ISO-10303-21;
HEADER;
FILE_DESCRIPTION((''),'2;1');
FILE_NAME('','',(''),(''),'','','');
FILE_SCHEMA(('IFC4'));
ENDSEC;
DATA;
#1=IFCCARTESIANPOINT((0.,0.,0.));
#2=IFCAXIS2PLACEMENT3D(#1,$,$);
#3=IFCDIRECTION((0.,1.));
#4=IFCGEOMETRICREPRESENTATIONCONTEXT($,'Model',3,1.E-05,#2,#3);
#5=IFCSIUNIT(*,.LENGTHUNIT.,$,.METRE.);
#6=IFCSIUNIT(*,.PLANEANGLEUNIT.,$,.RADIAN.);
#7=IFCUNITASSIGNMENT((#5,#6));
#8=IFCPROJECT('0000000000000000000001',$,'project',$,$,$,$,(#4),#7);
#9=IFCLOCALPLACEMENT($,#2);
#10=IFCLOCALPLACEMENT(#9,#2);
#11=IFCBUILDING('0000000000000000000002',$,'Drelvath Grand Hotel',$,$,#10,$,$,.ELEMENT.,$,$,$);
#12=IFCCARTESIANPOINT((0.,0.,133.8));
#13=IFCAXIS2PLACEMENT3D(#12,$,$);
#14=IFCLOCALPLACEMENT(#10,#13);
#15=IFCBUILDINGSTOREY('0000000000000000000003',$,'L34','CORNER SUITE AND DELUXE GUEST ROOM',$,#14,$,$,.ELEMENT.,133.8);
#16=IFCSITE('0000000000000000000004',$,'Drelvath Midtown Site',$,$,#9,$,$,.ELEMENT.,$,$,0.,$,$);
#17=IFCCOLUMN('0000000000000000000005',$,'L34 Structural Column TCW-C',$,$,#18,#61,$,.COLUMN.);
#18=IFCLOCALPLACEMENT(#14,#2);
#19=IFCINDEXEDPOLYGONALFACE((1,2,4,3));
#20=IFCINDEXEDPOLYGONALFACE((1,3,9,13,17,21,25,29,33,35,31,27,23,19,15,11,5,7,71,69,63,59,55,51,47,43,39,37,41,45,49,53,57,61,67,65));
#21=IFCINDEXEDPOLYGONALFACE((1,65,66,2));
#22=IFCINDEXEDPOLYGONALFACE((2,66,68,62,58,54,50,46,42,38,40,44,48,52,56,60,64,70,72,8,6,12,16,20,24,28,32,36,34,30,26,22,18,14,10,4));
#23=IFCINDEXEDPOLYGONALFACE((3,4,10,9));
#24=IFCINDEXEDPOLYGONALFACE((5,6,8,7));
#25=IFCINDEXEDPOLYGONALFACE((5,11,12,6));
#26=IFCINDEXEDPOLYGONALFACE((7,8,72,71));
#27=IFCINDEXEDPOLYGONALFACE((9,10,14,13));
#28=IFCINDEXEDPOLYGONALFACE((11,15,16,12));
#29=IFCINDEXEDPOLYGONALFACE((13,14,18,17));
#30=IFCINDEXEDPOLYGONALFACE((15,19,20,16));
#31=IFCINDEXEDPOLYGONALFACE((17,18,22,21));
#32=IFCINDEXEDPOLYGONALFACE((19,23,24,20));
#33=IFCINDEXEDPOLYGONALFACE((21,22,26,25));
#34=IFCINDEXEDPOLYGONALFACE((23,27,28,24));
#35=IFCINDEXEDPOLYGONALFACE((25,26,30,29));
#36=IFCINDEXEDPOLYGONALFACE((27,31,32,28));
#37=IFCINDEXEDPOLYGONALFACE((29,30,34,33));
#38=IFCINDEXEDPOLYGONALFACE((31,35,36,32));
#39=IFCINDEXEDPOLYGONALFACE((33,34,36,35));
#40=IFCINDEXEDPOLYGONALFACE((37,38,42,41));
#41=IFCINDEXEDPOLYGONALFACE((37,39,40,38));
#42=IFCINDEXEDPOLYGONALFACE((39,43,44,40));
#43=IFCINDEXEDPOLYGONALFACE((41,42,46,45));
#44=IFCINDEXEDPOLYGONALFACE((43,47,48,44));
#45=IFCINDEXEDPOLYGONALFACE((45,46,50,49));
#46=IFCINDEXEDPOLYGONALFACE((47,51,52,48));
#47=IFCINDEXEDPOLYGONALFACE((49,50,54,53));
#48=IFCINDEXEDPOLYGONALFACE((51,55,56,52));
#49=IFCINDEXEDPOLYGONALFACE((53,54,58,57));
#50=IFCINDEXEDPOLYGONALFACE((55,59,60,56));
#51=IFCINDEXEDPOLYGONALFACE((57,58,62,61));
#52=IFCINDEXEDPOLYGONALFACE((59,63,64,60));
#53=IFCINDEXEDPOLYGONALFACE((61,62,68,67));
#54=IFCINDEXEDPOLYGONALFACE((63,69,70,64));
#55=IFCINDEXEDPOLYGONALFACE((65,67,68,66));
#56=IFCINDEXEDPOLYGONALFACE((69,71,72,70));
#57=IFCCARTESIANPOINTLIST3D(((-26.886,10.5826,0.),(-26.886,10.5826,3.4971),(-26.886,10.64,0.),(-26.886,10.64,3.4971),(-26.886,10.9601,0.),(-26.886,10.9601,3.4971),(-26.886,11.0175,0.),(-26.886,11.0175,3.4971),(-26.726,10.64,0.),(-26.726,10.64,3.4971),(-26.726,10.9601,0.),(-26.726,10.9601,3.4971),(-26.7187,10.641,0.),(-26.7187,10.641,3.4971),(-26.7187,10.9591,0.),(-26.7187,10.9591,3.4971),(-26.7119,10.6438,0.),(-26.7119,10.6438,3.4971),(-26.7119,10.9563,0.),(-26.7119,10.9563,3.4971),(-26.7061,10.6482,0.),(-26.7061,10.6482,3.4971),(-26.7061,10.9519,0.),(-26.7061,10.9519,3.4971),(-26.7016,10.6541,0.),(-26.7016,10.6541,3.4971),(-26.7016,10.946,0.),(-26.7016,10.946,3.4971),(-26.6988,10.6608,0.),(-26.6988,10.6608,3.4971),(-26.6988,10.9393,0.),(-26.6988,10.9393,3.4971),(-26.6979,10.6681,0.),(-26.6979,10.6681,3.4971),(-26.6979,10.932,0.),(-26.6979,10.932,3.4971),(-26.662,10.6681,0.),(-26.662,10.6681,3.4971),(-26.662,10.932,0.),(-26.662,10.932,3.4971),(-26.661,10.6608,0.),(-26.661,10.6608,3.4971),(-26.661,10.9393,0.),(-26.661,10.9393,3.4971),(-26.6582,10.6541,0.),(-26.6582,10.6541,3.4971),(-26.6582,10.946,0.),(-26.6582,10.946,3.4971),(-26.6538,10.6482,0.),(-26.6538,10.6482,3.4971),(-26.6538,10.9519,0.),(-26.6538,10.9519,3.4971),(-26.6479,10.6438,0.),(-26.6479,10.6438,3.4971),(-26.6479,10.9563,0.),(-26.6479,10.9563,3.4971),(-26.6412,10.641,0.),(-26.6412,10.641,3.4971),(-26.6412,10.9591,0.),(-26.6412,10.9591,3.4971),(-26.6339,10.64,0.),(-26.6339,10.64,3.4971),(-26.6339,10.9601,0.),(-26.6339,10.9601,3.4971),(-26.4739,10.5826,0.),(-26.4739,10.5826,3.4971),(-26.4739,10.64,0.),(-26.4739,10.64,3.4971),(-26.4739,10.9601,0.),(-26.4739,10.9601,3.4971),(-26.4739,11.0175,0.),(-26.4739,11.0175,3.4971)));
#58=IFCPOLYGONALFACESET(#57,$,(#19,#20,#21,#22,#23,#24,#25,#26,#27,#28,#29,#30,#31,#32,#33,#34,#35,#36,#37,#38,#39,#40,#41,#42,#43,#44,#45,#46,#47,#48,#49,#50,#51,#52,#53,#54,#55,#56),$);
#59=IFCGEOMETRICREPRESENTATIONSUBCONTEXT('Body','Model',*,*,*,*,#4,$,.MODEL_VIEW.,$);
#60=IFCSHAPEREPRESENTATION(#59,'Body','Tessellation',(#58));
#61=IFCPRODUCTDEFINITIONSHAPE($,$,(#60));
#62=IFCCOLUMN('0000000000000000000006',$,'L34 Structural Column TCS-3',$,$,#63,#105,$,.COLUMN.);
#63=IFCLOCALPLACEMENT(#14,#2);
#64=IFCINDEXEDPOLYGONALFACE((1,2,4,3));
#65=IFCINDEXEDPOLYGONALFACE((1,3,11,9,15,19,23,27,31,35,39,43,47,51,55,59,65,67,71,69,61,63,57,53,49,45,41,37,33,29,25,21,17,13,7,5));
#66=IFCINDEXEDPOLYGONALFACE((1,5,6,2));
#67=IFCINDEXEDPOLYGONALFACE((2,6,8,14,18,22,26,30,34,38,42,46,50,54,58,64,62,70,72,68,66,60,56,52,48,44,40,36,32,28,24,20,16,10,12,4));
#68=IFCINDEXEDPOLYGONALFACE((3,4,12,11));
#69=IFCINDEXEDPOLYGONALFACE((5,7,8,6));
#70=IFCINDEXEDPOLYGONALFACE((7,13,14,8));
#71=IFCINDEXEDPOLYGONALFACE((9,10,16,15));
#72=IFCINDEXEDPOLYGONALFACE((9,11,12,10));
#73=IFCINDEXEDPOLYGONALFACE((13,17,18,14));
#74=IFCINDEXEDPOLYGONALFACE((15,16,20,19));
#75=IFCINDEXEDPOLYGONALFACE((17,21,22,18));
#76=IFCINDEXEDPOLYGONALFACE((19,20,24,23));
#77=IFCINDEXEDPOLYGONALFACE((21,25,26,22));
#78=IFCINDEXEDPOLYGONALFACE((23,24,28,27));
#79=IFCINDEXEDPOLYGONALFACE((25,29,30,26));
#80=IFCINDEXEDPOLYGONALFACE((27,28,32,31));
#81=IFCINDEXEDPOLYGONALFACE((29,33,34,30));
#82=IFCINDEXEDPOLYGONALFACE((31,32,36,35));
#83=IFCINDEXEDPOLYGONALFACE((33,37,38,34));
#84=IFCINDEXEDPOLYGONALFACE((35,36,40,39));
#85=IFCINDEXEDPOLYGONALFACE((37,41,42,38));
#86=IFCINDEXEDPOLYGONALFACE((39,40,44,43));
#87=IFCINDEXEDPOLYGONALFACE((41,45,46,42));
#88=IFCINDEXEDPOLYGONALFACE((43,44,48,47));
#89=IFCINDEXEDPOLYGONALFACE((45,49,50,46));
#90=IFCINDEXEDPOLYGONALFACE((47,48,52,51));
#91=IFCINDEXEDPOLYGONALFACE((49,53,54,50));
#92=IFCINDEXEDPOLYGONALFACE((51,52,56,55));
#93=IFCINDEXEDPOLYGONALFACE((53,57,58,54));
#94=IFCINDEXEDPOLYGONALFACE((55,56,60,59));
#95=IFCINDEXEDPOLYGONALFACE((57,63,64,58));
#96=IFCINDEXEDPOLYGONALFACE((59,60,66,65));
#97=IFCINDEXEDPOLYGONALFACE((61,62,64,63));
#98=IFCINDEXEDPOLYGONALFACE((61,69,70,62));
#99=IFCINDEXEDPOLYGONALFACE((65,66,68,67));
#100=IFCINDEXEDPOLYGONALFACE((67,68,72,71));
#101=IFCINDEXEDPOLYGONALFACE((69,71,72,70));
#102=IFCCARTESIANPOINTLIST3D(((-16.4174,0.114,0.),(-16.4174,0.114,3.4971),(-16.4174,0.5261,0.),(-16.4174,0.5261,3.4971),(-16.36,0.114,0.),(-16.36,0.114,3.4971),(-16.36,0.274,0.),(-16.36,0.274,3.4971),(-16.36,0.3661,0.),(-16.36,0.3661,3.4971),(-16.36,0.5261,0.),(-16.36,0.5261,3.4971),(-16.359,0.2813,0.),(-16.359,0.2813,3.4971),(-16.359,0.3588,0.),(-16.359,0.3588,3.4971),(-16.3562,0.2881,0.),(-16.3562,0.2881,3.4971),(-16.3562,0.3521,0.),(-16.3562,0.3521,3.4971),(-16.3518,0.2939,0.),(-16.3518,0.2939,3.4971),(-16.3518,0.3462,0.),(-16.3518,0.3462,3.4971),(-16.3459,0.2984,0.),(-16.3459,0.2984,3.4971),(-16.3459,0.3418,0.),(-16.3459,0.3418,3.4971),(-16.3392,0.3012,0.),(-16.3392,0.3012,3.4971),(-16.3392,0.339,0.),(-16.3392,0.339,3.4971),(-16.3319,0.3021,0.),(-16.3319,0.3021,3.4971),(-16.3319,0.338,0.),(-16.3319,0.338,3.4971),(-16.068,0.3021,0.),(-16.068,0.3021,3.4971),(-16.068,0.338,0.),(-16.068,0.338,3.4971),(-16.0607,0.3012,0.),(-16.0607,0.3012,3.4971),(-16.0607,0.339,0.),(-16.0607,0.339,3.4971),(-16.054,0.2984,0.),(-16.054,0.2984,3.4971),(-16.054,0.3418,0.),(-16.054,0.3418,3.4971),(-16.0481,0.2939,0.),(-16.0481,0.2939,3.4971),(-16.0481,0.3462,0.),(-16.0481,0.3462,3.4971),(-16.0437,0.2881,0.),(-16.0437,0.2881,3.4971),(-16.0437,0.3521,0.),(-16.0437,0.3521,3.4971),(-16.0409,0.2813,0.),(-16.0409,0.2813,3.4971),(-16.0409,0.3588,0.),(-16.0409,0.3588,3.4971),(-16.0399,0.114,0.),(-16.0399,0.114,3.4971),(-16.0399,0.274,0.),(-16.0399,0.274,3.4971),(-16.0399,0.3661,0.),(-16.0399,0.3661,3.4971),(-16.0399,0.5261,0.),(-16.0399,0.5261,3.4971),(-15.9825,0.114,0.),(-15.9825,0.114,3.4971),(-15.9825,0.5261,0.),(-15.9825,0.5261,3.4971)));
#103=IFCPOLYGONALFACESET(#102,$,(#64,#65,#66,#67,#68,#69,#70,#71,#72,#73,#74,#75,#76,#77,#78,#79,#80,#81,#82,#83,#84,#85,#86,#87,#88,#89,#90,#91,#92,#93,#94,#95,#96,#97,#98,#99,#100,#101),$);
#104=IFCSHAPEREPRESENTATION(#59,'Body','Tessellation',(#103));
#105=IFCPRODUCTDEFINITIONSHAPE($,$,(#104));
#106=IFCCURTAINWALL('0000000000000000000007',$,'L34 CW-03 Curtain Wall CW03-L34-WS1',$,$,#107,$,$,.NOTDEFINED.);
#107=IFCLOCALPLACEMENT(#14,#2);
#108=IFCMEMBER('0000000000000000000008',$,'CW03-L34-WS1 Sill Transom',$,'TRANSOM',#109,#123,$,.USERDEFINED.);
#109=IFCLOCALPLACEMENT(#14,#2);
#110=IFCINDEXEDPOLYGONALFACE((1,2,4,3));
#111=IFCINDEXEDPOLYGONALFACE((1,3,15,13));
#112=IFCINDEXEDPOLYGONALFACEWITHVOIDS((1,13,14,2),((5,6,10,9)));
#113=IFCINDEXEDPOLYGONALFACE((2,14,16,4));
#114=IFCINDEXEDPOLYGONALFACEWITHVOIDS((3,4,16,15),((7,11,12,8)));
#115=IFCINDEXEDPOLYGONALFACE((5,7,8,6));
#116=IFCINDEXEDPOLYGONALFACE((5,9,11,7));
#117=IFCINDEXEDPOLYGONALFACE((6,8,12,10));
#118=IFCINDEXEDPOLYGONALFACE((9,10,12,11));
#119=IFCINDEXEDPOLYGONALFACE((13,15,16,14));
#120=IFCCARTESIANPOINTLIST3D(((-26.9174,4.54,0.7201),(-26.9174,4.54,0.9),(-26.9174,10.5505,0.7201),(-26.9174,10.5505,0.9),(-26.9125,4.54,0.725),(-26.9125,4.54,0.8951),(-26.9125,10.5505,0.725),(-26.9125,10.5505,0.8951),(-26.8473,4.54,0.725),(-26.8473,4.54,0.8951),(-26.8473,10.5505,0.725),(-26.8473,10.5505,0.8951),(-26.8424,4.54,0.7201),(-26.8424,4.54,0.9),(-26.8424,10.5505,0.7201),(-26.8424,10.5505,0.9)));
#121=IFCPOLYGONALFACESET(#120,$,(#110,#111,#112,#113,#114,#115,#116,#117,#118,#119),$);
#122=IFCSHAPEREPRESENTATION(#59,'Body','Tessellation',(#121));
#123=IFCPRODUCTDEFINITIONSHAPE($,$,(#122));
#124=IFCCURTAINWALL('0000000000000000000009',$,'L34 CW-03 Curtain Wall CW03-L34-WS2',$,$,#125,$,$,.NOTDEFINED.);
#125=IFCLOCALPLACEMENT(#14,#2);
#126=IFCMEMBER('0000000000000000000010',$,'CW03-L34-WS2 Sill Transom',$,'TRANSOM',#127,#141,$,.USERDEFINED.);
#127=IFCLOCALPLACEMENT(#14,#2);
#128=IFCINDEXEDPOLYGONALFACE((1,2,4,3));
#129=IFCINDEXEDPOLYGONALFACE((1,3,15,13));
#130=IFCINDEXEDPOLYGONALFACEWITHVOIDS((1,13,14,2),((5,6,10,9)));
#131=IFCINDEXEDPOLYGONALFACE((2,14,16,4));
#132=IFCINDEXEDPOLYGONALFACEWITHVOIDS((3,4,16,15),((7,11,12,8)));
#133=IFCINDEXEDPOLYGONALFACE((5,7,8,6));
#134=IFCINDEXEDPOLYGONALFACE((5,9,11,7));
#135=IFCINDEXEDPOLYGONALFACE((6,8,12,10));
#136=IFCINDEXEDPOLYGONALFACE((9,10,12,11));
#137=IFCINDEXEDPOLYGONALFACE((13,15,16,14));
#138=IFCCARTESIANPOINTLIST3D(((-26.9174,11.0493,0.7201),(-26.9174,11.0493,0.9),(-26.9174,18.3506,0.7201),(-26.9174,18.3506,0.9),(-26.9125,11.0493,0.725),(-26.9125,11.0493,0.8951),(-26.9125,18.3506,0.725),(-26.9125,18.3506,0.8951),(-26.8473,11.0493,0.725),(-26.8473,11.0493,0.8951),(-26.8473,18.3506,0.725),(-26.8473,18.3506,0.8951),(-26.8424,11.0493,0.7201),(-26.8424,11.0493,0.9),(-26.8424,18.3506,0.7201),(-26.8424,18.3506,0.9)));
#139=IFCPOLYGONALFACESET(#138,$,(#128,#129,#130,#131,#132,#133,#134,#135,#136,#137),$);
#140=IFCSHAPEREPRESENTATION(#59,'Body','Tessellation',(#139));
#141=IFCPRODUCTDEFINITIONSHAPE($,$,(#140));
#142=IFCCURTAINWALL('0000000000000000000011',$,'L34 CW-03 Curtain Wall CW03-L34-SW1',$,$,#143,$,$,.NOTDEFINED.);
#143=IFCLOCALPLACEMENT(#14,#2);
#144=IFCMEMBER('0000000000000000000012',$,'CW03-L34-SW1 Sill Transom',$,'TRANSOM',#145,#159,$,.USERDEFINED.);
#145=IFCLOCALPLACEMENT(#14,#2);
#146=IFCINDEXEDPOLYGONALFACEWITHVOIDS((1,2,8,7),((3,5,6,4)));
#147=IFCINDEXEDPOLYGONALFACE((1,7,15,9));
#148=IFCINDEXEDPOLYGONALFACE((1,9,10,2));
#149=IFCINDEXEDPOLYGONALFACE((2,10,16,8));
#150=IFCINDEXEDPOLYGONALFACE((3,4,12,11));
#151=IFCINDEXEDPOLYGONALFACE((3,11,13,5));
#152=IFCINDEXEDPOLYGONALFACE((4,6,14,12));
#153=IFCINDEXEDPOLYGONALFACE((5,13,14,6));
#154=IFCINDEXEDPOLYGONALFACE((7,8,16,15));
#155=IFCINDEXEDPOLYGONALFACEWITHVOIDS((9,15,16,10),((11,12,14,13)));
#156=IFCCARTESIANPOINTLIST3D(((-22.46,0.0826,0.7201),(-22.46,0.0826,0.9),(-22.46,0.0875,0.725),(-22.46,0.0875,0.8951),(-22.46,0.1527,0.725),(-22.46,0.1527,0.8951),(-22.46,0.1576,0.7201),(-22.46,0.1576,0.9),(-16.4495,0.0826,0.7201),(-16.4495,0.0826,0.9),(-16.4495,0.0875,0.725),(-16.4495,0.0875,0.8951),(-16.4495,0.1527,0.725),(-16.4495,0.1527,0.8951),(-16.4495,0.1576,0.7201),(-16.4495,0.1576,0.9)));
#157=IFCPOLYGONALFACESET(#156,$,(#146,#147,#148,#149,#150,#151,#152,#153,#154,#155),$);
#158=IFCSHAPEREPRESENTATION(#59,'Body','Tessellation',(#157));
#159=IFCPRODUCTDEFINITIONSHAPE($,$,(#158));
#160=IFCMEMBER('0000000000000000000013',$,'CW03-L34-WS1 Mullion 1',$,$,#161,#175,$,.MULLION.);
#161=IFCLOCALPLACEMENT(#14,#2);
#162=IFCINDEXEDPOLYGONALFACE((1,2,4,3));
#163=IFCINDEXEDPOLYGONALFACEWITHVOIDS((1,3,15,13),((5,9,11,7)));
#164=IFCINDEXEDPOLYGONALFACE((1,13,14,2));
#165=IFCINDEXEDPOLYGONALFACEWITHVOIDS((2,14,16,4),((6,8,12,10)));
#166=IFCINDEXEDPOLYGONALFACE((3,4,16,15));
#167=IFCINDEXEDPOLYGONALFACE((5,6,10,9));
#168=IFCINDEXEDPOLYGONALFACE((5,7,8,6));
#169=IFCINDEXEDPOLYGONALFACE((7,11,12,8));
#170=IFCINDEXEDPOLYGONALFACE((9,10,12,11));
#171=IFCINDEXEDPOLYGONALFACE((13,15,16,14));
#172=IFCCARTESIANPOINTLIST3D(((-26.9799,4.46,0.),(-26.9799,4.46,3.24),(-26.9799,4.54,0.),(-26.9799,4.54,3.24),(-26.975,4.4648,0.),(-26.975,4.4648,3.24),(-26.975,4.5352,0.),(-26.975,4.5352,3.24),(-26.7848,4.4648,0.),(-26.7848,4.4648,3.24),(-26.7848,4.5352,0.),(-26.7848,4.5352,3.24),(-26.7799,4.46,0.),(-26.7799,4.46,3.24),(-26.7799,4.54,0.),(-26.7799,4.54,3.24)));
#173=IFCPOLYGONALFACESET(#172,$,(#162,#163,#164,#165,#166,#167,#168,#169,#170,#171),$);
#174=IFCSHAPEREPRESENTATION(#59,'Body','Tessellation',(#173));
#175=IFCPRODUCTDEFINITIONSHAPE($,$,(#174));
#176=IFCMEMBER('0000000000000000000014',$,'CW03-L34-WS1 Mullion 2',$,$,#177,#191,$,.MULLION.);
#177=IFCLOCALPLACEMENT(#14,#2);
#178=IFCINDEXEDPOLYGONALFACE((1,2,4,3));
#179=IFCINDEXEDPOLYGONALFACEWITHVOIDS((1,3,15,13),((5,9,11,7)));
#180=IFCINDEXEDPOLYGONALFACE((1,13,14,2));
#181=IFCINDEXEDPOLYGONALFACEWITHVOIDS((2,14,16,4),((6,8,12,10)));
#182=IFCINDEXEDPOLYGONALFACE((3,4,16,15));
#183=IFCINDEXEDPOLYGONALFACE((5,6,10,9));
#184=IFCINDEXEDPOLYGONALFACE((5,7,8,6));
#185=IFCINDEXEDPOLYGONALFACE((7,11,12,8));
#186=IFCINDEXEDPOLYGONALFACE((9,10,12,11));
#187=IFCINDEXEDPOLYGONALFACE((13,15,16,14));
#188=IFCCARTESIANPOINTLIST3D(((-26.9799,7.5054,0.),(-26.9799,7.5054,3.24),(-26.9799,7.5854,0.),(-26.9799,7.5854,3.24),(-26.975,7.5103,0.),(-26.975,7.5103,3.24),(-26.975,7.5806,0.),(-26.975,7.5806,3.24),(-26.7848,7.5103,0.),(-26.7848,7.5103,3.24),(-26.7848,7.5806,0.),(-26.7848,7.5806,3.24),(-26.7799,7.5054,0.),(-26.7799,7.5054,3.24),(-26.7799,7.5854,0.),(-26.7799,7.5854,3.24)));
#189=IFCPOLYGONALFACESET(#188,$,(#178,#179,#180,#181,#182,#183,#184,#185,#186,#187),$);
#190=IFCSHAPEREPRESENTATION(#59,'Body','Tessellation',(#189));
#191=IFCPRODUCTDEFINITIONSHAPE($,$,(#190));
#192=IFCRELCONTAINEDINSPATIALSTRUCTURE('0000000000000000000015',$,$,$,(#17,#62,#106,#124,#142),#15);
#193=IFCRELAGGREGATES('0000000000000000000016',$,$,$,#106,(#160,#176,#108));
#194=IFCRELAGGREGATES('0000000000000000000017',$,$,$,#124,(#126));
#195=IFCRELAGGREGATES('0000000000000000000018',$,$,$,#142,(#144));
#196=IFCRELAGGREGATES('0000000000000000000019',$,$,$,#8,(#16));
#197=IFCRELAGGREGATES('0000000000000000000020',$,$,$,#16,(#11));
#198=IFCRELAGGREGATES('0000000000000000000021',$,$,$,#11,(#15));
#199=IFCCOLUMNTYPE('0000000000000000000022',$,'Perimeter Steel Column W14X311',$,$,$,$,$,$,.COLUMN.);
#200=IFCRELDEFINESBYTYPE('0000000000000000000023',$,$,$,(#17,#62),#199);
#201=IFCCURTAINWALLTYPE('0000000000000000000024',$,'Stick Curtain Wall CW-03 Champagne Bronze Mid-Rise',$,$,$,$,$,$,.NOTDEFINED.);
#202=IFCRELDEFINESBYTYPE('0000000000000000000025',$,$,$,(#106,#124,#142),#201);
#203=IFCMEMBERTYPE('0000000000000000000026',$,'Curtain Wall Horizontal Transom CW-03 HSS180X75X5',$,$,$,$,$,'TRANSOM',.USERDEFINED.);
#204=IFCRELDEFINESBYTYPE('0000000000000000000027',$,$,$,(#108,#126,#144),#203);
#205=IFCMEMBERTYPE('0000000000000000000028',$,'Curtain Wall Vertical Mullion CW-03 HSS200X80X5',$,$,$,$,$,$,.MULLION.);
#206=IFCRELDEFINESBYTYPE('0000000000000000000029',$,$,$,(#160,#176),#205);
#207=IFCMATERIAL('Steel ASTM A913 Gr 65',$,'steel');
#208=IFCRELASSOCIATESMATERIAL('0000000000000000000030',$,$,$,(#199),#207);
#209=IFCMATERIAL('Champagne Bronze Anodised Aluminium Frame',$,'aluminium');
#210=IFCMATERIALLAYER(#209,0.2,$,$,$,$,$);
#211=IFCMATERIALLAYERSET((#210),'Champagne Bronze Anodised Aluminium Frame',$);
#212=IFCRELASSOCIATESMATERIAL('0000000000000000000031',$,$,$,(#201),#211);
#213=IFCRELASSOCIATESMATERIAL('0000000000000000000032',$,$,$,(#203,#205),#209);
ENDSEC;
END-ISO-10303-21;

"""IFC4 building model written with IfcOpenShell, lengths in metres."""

from ifc_helpers import new_model, si_unit, direction, frame, origin, origin_2d, place, context, subcontext, project, spatial, hollow_rectangle, i_section, extrude, material, layer, layer_set, material_profile, profile_set, type_object, element, aggregate, save


model = new_model("IFC4")

# Units and contexts
model_context = context("Model", 3, precision=1e-05, world=origin(), true_north=direction((0.0, 1.0)))
body_context = subcontext(model_context, "Body", "Model", "MODEL_VIEW")
ifc_project = project(units=[si_unit("LENGTHUNIT", "METRE"), si_unit("PLANEANGLEUNIT", "RADIAN")], contexts=[model_context])

# Site, building, storey
site_placement = place(None, origin())
site = spatial("IfcSite", under=ifc_project, at=site_placement, Name="Drelvath Midtown Site", CompositionType="ELEMENT", RefElevation=0.0)
building_placement = place(site_placement, origin())
building = spatial("IfcBuilding", under=site, at=building_placement, Name="Drelvath Grand Hotel", CompositionType="ELEMENT")
storey_placement = place(building_placement, frame((0.0, 0.0, 133.8)))
storey = spatial("IfcBuildingStorey", under=building, at=storey_placement, Name="L34", Description="CORNER SUITE AND DELUXE GUEST ROOM", CompositionType="ELEMENT", Elevation=133.8)

# Columns
ifc_material_1 = material(Name="Steel ASTM A913 Gr 65", Category="steel")
ifc_material_profile_1 = material_profile(ifc_material_1, i_section(OverallWidth=0.4121, OverallDepth=0.4348, WebThickness=0.0359, FlangeThickness=0.0574, FilletRadius=0.0281, at=origin_2d()), Name="W14X311")
ifc_profile_set_1 = profile_set([ifc_material_profile_1], Name="Steel ASTM A913 Gr 65")
column_type = type_object("IfcColumnType", Name="Perimeter Steel Column W14X311", PredefinedType="COLUMN", material=ifc_profile_set_1)
for number, where, z_axis, x_axis, name in (
    (1, (-26.6799, 10.8, 0.0), (0.0, 0.0, 1.0), (1.0, 0.0, 0.0), "L34 Structural Column TCW-C"),
    (2, (-16.2, 0.3201, 0.0), (0.0, 0.0, 1.0), (0.0, 1.0, 0.0), "L34 Structural Column TCS-3"),
):
    element("IfcColumn", number, at=place(storey_placement, frame(where, z_axis=z_axis, x_axis=x_axis)), inside=storey, type_object=column_type, Name=name, PredefinedType="COLUMN", context=body_context, shape_type="SweptSolid", body=[
        extrude(i_section(OverallWidth=0.4121, OverallDepth=0.4348, WebThickness=0.0359, FlangeThickness=0.0574, FilletRadius=0.0281, at=origin_2d()), origin(), (0.0, 0.0, 1.0), 3.4971),
    ])

# Curtain walls, members
ifc_material_2 = material(Name="Champagne Bronze Anodised Aluminium Frame", Category="aluminium")
ifc_layer_1 = layer(ifc_material_2, 0.2)
ifc_layer_set_1 = layer_set([ifc_layer_1], Name="Champagne Bronze Anodised Aluminium Frame")
curtain_wall_type = type_object("IfcCurtainWallType", Name="Stick Curtain Wall CW-03 Champagne Bronze Mid-Rise", PredefinedType="NOTDEFINED", material=ifc_layer_set_1)
curtain_wall_1_placement = place(storey_placement, origin())
curtain_wall_1 = element("IfcCurtainWall", 3, at=curtain_wall_1_placement, inside=storey, type_object=curtain_wall_type, Name="L34 CW-03 Curtain Wall CW03-L34-WS1", PredefinedType="NOTDEFINED")
ifc_material_profile_2 = material_profile(ifc_material_2, hollow_rectangle(XDim=0.075, YDim=0.1799, WallThickness=0.0049, at=origin_2d()), Name="HSS180X75X5")
ifc_profile_set_2 = profile_set([ifc_material_profile_2], Name="Champagne Bronze Anodised Aluminium Frame")
member_type_1 = type_object("IfcMemberType", Name="Curtain Wall Horizontal Transom CW-03 HSS180X75X5", ElementType="TRANSOM", PredefinedType="USERDEFINED", material=ifc_profile_set_2)
member_1_placement = place(storey_placement, frame((-26.8799, 4.54, 0.8101), z_axis=(0.0, 1.0, 0.0), x_axis=(-1.0, 0.0, 0.0)))
member_1 = element("IfcMember", 4, at=member_1_placement, type_object=member_type_1, Name="CW03-L34-WS1 Sill Transom", ObjectType="TRANSOM", PredefinedType="USERDEFINED", context=body_context, shape_type="SweptSolid", body=[
    extrude(hollow_rectangle(XDim=0.075, YDim=0.1799, WallThickness=0.0049, at=origin_2d()), origin(), (0.0, 0.0, 1.0), 6.0105),
])
curtain_wall_2_placement = place(storey_placement, origin())
curtain_wall_2 = element("IfcCurtainWall", 5, at=curtain_wall_2_placement, inside=storey, type_object=curtain_wall_type, Name="L34 CW-03 Curtain Wall CW03-L34-WS2", PredefinedType="NOTDEFINED")
member_2_placement = place(storey_placement, frame((-26.8799, 11.0493, 0.8101), z_axis=(0.0, 1.0, 0.0), x_axis=(-1.0, 0.0, 0.0)))
member_2 = element("IfcMember", 6, at=member_2_placement, type_object=member_type_1, Name="CW03-L34-WS2 Sill Transom", ObjectType="TRANSOM", PredefinedType="USERDEFINED", context=body_context, shape_type="SweptSolid", body=[
    extrude(hollow_rectangle(XDim=0.075, YDim=0.1799, WallThickness=0.0049, at=origin_2d()), origin(), (0.0, 0.0, 1.0), 7.3013),
])
curtain_wall_3_placement = place(storey_placement, origin())
curtain_wall_3 = element("IfcCurtainWall", 7, at=curtain_wall_3_placement, inside=storey, type_object=curtain_wall_type, Name="L34 CW-03 Curtain Wall CW03-L34-SW1", PredefinedType="NOTDEFINED")
member_3_placement = place(storey_placement, frame((-16.4495, 0.1201, 0.8101), z_axis=(-1.0, 0.0, 0.0), x_axis=(0.0, -1.0, 0.0)))
member_3 = element("IfcMember", 8, at=member_3_placement, type_object=member_type_1, Name="CW03-L34-SW1 Sill Transom", ObjectType="TRANSOM", PredefinedType="USERDEFINED", context=body_context, shape_type="SweptSolid", body=[
    extrude(hollow_rectangle(XDim=0.075, YDim=0.1799, WallThickness=0.0049, at=origin_2d()), origin(), (0.0, 0.0, 1.0), 6.0105),
])

# Members
ifc_material_profile_3 = material_profile(ifc_material_2, hollow_rectangle(XDim=0.0801, YDim=0.2, WallThickness=0.0049, at=origin_2d()), Name="HSS200X80X5")
ifc_profile_set_3 = profile_set([ifc_material_profile_3], Name="Champagne Bronze Anodised Aluminium Frame")
member_type_2 = type_object("IfcMemberType", Name="Curtain Wall Vertical Mullion CW-03 HSS200X80X5", PredefinedType="MULLION", material=ifc_profile_set_3)
member_4_placement = place(storey_placement, frame((-26.8799, 4.5, 0.0), z_axis=(0.0, 0.0, 1.0), x_axis=(0.0, 1.0, 0.0)))
member_4 = element("IfcMember", 9, at=member_4_placement, type_object=member_type_2, Name="CW03-L34-WS1 Mullion 1", PredefinedType="MULLION", context=body_context, shape_type="SweptSolid", body=[
    extrude(hollow_rectangle(XDim=0.0801, YDim=0.2, WallThickness=0.0049, at=origin_2d()), origin(), (0.0, 0.0, 1.0), 3.24),
])
member_5_placement = place(storey_placement, frame((-26.8799, 7.5454, 0.0), z_axis=(0.0, 0.0, 1.0), x_axis=(0.0, 1.0, 0.0)))
member_5 = element("IfcMember", 10, at=member_5_placement, type_object=member_type_2, Name="CW03-L34-WS1 Mullion 2", PredefinedType="MULLION", context=body_context, shape_type="SweptSolid", body=[
    extrude(hollow_rectangle(XDim=0.0801, YDim=0.2, WallThickness=0.0049, at=origin_2d()), origin(), (0.0, 0.0, 1.0), 3.24),
])

aggregate(curtain_wall_1, [member_4, member_5, member_1])
aggregate(curtain_wall_2, [member_2])
aggregate(curtain_wall_3, [member_3])

save(model, "model.ifc")
